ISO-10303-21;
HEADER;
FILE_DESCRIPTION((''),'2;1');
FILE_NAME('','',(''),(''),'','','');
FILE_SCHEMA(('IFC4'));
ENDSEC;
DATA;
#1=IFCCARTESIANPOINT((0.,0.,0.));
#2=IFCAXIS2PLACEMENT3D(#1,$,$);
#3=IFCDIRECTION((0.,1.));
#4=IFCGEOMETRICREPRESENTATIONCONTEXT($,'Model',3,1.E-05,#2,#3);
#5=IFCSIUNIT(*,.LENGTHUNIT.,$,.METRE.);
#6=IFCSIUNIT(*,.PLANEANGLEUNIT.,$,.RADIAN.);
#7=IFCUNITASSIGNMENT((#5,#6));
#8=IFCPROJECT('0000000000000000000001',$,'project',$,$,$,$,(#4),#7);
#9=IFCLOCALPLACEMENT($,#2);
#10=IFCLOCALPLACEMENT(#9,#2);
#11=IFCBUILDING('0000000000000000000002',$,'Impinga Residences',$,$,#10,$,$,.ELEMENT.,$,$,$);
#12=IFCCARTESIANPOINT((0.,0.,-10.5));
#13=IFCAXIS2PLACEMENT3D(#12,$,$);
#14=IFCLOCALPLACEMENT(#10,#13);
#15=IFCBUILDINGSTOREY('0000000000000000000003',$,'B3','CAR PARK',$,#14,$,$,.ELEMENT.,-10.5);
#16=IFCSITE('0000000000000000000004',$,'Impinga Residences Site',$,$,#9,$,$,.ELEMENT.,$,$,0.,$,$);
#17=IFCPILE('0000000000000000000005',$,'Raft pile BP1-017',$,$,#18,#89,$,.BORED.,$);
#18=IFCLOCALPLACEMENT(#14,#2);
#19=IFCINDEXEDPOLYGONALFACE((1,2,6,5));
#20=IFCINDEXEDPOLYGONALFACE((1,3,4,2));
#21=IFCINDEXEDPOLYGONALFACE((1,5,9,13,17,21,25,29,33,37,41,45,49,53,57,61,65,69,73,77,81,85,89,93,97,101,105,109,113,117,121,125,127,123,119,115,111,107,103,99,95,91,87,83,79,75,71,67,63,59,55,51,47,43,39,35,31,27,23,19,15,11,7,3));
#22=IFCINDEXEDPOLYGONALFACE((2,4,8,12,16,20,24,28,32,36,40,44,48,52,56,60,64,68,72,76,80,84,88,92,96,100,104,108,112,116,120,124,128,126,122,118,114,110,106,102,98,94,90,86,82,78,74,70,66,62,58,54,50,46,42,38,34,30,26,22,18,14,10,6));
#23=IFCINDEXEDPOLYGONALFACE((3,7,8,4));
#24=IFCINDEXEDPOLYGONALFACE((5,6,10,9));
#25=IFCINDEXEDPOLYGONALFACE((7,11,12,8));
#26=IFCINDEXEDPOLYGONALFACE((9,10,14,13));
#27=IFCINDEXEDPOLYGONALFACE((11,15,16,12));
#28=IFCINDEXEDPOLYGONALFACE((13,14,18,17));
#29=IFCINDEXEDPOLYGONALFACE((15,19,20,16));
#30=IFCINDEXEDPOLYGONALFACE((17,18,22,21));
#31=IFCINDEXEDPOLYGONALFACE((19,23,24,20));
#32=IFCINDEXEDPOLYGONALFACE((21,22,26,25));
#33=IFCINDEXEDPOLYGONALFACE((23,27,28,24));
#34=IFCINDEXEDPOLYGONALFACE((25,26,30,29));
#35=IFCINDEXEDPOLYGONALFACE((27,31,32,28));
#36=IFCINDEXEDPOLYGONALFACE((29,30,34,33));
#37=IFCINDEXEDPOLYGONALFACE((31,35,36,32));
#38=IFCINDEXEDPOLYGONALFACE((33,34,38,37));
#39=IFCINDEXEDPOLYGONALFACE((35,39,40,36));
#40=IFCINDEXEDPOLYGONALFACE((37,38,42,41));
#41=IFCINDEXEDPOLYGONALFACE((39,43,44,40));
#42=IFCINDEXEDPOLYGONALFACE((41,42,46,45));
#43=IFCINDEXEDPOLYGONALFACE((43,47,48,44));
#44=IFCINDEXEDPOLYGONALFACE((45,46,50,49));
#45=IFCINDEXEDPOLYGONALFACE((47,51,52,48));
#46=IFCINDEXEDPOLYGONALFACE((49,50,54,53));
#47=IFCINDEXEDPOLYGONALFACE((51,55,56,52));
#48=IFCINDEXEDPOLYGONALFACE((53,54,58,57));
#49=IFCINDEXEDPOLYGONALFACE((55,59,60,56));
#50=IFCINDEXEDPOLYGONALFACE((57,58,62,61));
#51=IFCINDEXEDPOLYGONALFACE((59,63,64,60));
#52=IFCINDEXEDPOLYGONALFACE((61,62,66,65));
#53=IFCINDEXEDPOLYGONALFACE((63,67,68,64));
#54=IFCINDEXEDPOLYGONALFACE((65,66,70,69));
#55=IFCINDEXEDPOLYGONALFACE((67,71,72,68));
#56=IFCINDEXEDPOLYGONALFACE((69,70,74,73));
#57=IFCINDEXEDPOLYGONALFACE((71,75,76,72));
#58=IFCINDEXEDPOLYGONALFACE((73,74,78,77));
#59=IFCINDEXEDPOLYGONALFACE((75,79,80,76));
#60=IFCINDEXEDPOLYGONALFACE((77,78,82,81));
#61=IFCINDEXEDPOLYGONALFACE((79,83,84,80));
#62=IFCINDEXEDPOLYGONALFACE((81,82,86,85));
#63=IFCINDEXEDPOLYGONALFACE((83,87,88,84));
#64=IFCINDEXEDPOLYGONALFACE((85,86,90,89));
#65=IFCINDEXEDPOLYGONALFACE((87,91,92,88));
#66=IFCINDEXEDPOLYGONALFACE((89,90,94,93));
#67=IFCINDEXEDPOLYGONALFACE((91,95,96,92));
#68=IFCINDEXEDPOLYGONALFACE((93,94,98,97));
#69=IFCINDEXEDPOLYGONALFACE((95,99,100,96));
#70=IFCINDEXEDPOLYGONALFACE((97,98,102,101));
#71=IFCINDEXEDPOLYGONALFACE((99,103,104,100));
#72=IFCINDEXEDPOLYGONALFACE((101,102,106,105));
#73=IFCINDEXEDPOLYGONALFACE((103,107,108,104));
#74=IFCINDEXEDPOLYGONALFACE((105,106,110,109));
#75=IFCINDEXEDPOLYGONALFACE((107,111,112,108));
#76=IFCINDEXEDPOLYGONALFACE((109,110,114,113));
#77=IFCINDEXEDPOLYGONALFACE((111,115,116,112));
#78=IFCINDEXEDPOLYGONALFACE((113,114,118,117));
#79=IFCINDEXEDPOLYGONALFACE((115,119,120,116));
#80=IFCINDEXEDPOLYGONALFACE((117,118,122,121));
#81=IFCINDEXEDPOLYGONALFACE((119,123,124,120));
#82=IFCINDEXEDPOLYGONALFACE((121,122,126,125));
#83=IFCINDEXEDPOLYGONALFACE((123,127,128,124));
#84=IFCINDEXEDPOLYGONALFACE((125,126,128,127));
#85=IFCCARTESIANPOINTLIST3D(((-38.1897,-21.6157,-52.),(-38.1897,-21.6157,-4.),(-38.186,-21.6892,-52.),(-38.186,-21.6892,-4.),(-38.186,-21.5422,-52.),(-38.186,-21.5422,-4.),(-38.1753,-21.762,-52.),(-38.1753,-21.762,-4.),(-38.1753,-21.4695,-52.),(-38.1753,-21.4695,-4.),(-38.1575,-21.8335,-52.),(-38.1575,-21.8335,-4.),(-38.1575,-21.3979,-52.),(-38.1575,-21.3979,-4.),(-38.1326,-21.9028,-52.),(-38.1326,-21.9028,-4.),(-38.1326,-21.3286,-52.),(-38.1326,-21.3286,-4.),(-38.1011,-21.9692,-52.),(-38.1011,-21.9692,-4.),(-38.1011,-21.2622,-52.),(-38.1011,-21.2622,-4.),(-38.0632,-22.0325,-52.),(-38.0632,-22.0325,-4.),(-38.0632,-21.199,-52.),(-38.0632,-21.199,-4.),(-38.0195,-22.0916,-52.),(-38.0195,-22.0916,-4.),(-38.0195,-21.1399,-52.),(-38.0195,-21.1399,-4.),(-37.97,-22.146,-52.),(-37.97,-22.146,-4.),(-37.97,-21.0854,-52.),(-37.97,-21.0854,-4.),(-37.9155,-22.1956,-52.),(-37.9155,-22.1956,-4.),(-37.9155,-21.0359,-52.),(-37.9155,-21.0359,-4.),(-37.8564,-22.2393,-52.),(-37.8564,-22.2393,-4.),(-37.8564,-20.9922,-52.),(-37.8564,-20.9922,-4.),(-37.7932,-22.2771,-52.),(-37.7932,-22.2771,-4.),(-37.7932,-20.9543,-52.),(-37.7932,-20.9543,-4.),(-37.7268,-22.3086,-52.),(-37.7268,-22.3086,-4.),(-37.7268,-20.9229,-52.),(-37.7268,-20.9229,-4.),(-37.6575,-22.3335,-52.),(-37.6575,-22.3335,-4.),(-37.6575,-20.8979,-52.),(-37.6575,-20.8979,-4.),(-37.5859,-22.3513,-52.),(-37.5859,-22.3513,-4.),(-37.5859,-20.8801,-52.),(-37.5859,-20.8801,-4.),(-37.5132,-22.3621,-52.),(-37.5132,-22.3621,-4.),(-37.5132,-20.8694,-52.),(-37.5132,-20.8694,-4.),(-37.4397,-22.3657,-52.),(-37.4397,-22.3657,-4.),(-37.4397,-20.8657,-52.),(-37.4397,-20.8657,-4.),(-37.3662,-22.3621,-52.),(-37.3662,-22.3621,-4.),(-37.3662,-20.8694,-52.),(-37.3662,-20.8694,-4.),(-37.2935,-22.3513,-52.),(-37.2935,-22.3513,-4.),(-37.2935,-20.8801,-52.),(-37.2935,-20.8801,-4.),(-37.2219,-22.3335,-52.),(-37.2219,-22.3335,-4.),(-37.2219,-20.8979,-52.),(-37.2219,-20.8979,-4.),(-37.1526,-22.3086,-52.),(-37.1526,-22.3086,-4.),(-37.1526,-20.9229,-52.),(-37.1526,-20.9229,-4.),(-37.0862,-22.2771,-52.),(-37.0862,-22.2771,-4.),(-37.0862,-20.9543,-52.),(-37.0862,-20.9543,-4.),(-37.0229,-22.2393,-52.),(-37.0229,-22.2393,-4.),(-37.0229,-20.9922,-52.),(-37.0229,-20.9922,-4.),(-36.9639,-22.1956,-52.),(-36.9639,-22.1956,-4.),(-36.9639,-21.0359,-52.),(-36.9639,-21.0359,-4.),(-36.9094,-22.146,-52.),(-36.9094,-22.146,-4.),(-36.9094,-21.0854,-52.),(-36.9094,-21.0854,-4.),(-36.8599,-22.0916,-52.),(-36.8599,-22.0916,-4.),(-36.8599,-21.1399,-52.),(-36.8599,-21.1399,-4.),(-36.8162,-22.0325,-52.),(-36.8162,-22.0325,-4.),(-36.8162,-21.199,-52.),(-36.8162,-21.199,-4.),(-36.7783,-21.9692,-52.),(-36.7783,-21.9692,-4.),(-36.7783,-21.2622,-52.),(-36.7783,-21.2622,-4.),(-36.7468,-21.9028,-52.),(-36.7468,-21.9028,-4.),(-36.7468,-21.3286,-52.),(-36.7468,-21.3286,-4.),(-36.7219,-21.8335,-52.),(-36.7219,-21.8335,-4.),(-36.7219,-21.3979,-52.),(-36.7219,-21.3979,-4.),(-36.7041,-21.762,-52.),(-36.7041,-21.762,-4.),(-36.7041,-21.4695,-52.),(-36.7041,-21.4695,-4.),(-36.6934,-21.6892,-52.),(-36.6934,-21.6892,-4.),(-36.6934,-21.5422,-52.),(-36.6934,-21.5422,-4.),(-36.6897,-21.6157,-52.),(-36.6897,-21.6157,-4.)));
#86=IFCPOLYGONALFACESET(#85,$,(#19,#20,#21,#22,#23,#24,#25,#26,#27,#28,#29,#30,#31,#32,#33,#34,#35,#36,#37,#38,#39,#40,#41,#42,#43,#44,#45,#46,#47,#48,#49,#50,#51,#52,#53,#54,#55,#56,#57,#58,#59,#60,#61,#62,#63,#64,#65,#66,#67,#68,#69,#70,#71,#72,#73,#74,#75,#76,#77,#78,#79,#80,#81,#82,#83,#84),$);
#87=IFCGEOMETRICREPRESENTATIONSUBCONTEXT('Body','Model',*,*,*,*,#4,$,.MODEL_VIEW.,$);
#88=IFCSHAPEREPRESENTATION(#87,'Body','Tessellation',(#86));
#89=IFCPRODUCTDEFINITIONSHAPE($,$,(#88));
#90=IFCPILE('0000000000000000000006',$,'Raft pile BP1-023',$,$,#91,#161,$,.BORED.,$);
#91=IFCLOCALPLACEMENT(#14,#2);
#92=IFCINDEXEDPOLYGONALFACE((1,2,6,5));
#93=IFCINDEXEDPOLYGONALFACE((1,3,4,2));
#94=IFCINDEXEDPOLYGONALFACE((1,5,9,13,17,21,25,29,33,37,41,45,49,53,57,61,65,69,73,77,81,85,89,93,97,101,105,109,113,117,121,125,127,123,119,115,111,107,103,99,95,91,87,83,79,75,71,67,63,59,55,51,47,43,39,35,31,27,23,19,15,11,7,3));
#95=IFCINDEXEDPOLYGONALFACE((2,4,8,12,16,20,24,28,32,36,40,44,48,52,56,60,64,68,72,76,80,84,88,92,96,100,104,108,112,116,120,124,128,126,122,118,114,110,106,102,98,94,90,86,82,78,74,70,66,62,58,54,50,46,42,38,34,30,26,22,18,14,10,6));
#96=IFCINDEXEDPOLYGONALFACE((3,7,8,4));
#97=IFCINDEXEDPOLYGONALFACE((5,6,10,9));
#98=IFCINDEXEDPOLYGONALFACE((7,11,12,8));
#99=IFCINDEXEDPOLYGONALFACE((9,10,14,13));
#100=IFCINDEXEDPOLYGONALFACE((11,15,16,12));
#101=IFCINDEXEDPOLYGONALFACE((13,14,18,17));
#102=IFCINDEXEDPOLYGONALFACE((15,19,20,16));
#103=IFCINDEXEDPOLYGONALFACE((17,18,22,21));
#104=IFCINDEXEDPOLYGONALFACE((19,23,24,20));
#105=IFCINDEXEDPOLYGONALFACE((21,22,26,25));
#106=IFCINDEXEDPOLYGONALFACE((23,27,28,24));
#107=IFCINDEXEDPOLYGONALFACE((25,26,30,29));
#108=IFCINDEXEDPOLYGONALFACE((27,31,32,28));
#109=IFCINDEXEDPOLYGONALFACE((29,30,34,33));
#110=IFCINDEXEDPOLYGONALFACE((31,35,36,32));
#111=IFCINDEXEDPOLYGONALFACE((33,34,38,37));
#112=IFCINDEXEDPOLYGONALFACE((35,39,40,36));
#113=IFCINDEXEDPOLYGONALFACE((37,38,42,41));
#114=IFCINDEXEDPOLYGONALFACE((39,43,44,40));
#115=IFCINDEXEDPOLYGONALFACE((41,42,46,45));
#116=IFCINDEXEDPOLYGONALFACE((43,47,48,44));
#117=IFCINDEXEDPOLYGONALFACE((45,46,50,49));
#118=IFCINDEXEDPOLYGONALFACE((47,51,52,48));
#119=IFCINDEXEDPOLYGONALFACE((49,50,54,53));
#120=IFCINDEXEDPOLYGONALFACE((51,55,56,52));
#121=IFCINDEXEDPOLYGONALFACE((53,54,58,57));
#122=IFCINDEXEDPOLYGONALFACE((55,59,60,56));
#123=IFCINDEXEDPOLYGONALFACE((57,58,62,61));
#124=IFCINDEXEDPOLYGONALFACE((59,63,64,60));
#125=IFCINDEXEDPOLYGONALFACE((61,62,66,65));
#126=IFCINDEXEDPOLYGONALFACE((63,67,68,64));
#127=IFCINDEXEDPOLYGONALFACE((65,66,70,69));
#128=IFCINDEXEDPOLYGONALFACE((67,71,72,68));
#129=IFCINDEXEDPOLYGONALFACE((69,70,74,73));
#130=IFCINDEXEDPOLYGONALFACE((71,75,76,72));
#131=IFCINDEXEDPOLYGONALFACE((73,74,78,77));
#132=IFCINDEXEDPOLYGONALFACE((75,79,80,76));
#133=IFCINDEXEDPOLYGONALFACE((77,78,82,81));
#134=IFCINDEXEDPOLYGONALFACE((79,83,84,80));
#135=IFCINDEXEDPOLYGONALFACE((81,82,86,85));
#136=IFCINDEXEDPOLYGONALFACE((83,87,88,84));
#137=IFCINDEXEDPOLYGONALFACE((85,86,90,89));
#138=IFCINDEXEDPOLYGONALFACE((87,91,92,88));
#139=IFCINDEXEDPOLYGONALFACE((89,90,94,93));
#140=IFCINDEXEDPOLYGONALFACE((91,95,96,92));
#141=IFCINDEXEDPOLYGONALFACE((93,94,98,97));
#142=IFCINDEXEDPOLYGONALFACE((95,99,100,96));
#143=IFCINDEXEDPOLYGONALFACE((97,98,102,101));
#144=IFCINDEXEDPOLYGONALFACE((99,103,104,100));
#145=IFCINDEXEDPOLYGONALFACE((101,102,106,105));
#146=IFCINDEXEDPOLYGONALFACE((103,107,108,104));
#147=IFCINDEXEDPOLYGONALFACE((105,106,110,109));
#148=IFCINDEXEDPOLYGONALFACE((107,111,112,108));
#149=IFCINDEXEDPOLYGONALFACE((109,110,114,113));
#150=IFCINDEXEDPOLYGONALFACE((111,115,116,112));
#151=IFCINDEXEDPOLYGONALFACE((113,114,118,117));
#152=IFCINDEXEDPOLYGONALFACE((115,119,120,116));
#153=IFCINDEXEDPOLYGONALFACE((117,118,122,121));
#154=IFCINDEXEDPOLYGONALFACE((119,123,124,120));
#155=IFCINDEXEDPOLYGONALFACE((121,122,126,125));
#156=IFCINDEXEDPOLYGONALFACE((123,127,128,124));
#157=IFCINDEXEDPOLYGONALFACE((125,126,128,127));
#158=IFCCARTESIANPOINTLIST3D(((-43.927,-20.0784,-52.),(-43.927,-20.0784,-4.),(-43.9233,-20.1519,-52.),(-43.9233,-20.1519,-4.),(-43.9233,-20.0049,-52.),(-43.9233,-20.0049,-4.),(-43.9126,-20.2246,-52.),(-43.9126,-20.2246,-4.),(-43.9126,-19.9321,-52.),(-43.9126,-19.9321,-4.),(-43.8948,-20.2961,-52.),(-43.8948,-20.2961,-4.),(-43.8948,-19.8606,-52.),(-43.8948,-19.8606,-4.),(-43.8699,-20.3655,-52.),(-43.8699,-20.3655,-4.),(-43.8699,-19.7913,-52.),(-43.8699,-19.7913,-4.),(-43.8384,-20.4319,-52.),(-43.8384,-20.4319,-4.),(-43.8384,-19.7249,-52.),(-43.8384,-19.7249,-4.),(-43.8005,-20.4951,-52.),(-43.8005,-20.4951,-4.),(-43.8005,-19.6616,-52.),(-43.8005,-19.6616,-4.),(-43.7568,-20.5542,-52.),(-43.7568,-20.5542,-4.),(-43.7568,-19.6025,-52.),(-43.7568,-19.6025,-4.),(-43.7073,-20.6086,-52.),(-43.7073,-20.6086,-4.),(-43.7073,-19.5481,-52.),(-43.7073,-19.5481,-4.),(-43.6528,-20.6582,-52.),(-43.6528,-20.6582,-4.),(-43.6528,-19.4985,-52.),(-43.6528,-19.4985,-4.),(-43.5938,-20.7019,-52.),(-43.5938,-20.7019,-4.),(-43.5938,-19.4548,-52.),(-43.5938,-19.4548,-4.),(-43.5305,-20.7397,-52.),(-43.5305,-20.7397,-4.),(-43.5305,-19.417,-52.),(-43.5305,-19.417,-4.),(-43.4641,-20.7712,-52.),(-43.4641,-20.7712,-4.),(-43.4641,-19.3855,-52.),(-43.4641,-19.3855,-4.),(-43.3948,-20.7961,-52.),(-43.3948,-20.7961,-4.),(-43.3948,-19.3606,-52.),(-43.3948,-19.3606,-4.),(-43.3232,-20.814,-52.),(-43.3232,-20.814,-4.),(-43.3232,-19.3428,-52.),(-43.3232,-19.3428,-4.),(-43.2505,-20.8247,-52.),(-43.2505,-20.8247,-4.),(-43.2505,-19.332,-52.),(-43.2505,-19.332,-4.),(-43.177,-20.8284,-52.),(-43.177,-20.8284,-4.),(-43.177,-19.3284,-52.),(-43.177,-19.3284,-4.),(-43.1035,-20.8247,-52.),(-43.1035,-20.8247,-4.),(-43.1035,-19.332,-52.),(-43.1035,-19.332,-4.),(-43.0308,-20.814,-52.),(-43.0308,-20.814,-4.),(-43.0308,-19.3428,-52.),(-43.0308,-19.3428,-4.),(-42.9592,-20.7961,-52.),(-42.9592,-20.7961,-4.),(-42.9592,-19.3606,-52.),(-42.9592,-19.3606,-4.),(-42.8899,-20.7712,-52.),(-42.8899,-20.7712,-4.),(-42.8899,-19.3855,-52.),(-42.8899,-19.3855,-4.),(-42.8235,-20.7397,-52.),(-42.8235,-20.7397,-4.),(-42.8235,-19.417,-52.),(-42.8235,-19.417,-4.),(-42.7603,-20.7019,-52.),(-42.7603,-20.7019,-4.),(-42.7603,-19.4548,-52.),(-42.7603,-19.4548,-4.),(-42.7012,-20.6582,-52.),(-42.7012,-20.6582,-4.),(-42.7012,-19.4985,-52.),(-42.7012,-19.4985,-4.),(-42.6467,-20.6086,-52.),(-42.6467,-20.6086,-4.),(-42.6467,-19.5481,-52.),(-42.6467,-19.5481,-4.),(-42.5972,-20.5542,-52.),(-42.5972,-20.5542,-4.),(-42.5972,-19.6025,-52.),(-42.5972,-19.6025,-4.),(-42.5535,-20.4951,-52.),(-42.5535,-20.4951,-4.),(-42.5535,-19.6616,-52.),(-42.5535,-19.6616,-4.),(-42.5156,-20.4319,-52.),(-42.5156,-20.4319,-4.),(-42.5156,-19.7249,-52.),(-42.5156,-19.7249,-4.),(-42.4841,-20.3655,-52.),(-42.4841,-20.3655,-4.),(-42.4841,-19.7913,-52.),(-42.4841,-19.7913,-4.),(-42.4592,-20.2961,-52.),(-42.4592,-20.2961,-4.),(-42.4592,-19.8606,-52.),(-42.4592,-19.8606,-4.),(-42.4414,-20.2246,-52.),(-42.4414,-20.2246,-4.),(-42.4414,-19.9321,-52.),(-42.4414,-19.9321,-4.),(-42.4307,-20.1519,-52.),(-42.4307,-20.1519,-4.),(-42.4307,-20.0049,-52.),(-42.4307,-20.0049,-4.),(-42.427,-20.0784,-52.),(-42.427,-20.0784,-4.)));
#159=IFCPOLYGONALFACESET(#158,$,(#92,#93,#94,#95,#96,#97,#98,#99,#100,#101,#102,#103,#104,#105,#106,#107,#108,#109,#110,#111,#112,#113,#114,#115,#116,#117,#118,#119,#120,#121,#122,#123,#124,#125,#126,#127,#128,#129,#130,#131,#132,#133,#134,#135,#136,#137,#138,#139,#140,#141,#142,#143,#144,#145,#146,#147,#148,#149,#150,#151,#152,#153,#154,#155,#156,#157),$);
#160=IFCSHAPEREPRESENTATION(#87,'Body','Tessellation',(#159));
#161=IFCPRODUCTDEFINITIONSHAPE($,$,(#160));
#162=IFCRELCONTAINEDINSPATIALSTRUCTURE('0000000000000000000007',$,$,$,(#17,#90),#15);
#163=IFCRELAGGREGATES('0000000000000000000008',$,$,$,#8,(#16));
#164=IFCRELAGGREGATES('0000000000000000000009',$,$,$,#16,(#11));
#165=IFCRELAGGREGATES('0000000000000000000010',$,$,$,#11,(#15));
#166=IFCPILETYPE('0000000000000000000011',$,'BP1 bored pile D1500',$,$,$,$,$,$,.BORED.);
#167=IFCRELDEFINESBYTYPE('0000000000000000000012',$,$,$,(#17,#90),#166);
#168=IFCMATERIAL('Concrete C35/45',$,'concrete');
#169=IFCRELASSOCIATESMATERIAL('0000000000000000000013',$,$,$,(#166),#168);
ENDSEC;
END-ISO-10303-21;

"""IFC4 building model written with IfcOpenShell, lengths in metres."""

from ifc_helpers import new_model, si_unit, direction, frame, origin, origin_2d, place, context, subcontext, project, spatial, polyline, circle, outline, extrude, material, material_profile, profile_set, type_object, element, save


model = new_model("IFC4")

# Units and contexts
model_context = context("Model", 3, precision=1e-05, world=origin(), true_north=direction((0.0, 1.0)))
body_context = subcontext(model_context, "Body", "Model", "MODEL_VIEW")
ifc_project = project(units=[si_unit("LENGTHUNIT", "METRE"), si_unit("PLANEANGLEUNIT", "RADIAN")], contexts=[model_context])

# Site, building, storey
site_placement = place(None, origin())
site = spatial("IfcSite", under=ifc_project, at=site_placement, Name="Impinga Residences Site", CompositionType="ELEMENT", RefElevation=0.0)
building_placement = place(site_placement, origin())
building = spatial("IfcBuilding", under=site, at=building_placement, Name="Impinga Residences", CompositionType="ELEMENT")
storey_placement = place(building_placement, frame((0.0, 0.0, -10.5)))
storey = spatial("IfcBuildingStorey", under=building, at=storey_placement, Name="B3", Description="CAR PARK", CompositionType="ELEMENT", Elevation=-10.5)

# Piles
ifc_material_1 = material(Name="Concrete C35/45", Category="concrete")
ifc_material_profile_1 = material_profile(ifc_material_1, circle(Radius=0.75, at=origin_2d()), Name="D1500")
ifc_profile_set_1 = profile_set([ifc_material_profile_1], Name="Concrete C35/45")
pile_type_1 = type_object("IfcPileType", Name="BP1 bored pile D1500", PredefinedType="BORED", material=ifc_profile_set_1)
pile_1_placement = place(storey_placement, frame((-37.4397, -21.6157, -4.0), z_axis=(0.0, 0.0, -1.0), x_axis=(1.0, 0.0, 0.0)))
element("IfcPile", 1, at=pile_1_placement, inside=storey, type_object=pile_type_1, Name="Raft pile BP1-017", PredefinedType="BORED", context=body_context, shape_type="SweptSolid", body=[
    extrude(outline(polyline([(0.75, 0.0), (0.7463, 0.0735), (0.7356, 0.1462), (0.7178, 0.2178), (0.6929, 0.2871), (0.6614, 0.3535), (0.6235, 0.4167), (0.5798, 0.4758), (0.5303, 0.5303), (0.4758, 0.5798), (0.4167, 0.6235), (0.3535, 0.6614), (0.2871, 0.6929), (0.2178, 0.7178), (0.1462, 0.7356), (0.0735, 0.7463), (0.0, 0.75), (-0.0735, 0.7463), (-0.1462, 0.7356), (-0.2178, 0.7178), (-0.2871, 0.6929), (-0.3535, 0.6614), (-0.4167, 0.6235), (-0.4758, 0.5798), (-0.5303, 0.5303), (-0.5798, 0.4758), (-0.6235, 0.4167), (-0.6614, 0.3535), (-0.6929, 0.2871), (-0.7178, 0.2178), (-0.7356, 0.1462), (-0.7463, 0.0735), (-0.75, 0.0), (-0.7463, -0.0735), (-0.7356, -0.1462), (-0.7178, -0.2178), (-0.6929, -0.2871), (-0.6614, -0.3535), (-0.6235, -0.4167), (-0.5798, -0.4758), (-0.5303, -0.5303), (-0.4758, -0.5798), (-0.4167, -0.6235), (-0.3535, -0.6614), (-0.2871, -0.6929), (-0.2178, -0.7178), (-0.1462, -0.7356), (-0.0735, -0.7463), (0.0, -0.75), (0.0735, -0.7463), (0.1462, -0.7356), (0.2178, -0.7178), (0.2871, -0.6929), (0.3535, -0.6614), (0.4167, -0.6235), (0.4758, -0.5798), (0.5303, -0.5303), (0.5798, -0.4758), (0.6235, -0.4167), (0.6614, -0.3535), (0.6929, -0.2871), (0.7178, -0.2178), (0.7356, -0.1462), (0.7463, -0.0735), (0.75, 0.0)])), origin(), (0.0, 0.0, 1.0), 48.0),
])
pile_2_placement = place(storey_placement, frame((-43.177, -20.0784, -4.0), z_axis=(0.0, 0.0, -1.0), x_axis=(1.0, 0.0, 0.0)))
element("IfcPile", 2, at=pile_2_placement, inside=storey, type_object=pile_type_1, Name="Raft pile BP1-023", PredefinedType="BORED", context=body_context, shape_type="SweptSolid", body=[
    extrude(outline(polyline([(0.75, 0.0), (0.7463, 0.0735), (0.7356, 0.1462), (0.7178, 0.2178), (0.6929, 0.2871), (0.6614, 0.3535), (0.6235, 0.4167), (0.5798, 0.4758), (0.5303, 0.5303), (0.4758, 0.5798), (0.4167, 0.6235), (0.3535, 0.6614), (0.2871, 0.6929), (0.2178, 0.7178), (0.1462, 0.7356), (0.0735, 0.7463), (0.0, 0.75), (-0.0735, 0.7463), (-0.1462, 0.7356), (-0.2178, 0.7178), (-0.2871, 0.6929), (-0.3535, 0.6614), (-0.4167, 0.6235), (-0.4758, 0.5798), (-0.5303, 0.5303), (-0.5798, 0.4758), (-0.6235, 0.4167), (-0.6614, 0.3535), (-0.6929, 0.2871), (-0.7178, 0.2178), (-0.7356, 0.1462), (-0.7463, 0.0735), (-0.75, 0.0), (-0.7463, -0.0735), (-0.7356, -0.1462), (-0.7178, -0.2178), (-0.6929, -0.2871), (-0.6614, -0.3535), (-0.6235, -0.4167), (-0.5798, -0.4758), (-0.5303, -0.5303), (-0.4758, -0.5798), (-0.4167, -0.6235), (-0.3535, -0.6614), (-0.2871, -0.6929), (-0.2178, -0.7178), (-0.1462, -0.7356), (-0.0735, -0.7463), (0.0, -0.75), (0.0735, -0.7463), (0.1462, -0.7356), (0.2178, -0.7178), (0.2871, -0.6929), (0.3535, -0.6614), (0.4167, -0.6235), (0.4758, -0.5798), (0.5303, -0.5303), (0.5798, -0.4758), (0.6235, -0.4167), (0.6614, -0.3535), (0.6929, -0.2871), (0.7178, -0.2178), (0.7356, -0.1462), (0.7463, -0.0735), (0.75, 0.0)])), origin(), (0.0, 0.0, 1.0), 48.0),
])

save(model, "model.ifc")
